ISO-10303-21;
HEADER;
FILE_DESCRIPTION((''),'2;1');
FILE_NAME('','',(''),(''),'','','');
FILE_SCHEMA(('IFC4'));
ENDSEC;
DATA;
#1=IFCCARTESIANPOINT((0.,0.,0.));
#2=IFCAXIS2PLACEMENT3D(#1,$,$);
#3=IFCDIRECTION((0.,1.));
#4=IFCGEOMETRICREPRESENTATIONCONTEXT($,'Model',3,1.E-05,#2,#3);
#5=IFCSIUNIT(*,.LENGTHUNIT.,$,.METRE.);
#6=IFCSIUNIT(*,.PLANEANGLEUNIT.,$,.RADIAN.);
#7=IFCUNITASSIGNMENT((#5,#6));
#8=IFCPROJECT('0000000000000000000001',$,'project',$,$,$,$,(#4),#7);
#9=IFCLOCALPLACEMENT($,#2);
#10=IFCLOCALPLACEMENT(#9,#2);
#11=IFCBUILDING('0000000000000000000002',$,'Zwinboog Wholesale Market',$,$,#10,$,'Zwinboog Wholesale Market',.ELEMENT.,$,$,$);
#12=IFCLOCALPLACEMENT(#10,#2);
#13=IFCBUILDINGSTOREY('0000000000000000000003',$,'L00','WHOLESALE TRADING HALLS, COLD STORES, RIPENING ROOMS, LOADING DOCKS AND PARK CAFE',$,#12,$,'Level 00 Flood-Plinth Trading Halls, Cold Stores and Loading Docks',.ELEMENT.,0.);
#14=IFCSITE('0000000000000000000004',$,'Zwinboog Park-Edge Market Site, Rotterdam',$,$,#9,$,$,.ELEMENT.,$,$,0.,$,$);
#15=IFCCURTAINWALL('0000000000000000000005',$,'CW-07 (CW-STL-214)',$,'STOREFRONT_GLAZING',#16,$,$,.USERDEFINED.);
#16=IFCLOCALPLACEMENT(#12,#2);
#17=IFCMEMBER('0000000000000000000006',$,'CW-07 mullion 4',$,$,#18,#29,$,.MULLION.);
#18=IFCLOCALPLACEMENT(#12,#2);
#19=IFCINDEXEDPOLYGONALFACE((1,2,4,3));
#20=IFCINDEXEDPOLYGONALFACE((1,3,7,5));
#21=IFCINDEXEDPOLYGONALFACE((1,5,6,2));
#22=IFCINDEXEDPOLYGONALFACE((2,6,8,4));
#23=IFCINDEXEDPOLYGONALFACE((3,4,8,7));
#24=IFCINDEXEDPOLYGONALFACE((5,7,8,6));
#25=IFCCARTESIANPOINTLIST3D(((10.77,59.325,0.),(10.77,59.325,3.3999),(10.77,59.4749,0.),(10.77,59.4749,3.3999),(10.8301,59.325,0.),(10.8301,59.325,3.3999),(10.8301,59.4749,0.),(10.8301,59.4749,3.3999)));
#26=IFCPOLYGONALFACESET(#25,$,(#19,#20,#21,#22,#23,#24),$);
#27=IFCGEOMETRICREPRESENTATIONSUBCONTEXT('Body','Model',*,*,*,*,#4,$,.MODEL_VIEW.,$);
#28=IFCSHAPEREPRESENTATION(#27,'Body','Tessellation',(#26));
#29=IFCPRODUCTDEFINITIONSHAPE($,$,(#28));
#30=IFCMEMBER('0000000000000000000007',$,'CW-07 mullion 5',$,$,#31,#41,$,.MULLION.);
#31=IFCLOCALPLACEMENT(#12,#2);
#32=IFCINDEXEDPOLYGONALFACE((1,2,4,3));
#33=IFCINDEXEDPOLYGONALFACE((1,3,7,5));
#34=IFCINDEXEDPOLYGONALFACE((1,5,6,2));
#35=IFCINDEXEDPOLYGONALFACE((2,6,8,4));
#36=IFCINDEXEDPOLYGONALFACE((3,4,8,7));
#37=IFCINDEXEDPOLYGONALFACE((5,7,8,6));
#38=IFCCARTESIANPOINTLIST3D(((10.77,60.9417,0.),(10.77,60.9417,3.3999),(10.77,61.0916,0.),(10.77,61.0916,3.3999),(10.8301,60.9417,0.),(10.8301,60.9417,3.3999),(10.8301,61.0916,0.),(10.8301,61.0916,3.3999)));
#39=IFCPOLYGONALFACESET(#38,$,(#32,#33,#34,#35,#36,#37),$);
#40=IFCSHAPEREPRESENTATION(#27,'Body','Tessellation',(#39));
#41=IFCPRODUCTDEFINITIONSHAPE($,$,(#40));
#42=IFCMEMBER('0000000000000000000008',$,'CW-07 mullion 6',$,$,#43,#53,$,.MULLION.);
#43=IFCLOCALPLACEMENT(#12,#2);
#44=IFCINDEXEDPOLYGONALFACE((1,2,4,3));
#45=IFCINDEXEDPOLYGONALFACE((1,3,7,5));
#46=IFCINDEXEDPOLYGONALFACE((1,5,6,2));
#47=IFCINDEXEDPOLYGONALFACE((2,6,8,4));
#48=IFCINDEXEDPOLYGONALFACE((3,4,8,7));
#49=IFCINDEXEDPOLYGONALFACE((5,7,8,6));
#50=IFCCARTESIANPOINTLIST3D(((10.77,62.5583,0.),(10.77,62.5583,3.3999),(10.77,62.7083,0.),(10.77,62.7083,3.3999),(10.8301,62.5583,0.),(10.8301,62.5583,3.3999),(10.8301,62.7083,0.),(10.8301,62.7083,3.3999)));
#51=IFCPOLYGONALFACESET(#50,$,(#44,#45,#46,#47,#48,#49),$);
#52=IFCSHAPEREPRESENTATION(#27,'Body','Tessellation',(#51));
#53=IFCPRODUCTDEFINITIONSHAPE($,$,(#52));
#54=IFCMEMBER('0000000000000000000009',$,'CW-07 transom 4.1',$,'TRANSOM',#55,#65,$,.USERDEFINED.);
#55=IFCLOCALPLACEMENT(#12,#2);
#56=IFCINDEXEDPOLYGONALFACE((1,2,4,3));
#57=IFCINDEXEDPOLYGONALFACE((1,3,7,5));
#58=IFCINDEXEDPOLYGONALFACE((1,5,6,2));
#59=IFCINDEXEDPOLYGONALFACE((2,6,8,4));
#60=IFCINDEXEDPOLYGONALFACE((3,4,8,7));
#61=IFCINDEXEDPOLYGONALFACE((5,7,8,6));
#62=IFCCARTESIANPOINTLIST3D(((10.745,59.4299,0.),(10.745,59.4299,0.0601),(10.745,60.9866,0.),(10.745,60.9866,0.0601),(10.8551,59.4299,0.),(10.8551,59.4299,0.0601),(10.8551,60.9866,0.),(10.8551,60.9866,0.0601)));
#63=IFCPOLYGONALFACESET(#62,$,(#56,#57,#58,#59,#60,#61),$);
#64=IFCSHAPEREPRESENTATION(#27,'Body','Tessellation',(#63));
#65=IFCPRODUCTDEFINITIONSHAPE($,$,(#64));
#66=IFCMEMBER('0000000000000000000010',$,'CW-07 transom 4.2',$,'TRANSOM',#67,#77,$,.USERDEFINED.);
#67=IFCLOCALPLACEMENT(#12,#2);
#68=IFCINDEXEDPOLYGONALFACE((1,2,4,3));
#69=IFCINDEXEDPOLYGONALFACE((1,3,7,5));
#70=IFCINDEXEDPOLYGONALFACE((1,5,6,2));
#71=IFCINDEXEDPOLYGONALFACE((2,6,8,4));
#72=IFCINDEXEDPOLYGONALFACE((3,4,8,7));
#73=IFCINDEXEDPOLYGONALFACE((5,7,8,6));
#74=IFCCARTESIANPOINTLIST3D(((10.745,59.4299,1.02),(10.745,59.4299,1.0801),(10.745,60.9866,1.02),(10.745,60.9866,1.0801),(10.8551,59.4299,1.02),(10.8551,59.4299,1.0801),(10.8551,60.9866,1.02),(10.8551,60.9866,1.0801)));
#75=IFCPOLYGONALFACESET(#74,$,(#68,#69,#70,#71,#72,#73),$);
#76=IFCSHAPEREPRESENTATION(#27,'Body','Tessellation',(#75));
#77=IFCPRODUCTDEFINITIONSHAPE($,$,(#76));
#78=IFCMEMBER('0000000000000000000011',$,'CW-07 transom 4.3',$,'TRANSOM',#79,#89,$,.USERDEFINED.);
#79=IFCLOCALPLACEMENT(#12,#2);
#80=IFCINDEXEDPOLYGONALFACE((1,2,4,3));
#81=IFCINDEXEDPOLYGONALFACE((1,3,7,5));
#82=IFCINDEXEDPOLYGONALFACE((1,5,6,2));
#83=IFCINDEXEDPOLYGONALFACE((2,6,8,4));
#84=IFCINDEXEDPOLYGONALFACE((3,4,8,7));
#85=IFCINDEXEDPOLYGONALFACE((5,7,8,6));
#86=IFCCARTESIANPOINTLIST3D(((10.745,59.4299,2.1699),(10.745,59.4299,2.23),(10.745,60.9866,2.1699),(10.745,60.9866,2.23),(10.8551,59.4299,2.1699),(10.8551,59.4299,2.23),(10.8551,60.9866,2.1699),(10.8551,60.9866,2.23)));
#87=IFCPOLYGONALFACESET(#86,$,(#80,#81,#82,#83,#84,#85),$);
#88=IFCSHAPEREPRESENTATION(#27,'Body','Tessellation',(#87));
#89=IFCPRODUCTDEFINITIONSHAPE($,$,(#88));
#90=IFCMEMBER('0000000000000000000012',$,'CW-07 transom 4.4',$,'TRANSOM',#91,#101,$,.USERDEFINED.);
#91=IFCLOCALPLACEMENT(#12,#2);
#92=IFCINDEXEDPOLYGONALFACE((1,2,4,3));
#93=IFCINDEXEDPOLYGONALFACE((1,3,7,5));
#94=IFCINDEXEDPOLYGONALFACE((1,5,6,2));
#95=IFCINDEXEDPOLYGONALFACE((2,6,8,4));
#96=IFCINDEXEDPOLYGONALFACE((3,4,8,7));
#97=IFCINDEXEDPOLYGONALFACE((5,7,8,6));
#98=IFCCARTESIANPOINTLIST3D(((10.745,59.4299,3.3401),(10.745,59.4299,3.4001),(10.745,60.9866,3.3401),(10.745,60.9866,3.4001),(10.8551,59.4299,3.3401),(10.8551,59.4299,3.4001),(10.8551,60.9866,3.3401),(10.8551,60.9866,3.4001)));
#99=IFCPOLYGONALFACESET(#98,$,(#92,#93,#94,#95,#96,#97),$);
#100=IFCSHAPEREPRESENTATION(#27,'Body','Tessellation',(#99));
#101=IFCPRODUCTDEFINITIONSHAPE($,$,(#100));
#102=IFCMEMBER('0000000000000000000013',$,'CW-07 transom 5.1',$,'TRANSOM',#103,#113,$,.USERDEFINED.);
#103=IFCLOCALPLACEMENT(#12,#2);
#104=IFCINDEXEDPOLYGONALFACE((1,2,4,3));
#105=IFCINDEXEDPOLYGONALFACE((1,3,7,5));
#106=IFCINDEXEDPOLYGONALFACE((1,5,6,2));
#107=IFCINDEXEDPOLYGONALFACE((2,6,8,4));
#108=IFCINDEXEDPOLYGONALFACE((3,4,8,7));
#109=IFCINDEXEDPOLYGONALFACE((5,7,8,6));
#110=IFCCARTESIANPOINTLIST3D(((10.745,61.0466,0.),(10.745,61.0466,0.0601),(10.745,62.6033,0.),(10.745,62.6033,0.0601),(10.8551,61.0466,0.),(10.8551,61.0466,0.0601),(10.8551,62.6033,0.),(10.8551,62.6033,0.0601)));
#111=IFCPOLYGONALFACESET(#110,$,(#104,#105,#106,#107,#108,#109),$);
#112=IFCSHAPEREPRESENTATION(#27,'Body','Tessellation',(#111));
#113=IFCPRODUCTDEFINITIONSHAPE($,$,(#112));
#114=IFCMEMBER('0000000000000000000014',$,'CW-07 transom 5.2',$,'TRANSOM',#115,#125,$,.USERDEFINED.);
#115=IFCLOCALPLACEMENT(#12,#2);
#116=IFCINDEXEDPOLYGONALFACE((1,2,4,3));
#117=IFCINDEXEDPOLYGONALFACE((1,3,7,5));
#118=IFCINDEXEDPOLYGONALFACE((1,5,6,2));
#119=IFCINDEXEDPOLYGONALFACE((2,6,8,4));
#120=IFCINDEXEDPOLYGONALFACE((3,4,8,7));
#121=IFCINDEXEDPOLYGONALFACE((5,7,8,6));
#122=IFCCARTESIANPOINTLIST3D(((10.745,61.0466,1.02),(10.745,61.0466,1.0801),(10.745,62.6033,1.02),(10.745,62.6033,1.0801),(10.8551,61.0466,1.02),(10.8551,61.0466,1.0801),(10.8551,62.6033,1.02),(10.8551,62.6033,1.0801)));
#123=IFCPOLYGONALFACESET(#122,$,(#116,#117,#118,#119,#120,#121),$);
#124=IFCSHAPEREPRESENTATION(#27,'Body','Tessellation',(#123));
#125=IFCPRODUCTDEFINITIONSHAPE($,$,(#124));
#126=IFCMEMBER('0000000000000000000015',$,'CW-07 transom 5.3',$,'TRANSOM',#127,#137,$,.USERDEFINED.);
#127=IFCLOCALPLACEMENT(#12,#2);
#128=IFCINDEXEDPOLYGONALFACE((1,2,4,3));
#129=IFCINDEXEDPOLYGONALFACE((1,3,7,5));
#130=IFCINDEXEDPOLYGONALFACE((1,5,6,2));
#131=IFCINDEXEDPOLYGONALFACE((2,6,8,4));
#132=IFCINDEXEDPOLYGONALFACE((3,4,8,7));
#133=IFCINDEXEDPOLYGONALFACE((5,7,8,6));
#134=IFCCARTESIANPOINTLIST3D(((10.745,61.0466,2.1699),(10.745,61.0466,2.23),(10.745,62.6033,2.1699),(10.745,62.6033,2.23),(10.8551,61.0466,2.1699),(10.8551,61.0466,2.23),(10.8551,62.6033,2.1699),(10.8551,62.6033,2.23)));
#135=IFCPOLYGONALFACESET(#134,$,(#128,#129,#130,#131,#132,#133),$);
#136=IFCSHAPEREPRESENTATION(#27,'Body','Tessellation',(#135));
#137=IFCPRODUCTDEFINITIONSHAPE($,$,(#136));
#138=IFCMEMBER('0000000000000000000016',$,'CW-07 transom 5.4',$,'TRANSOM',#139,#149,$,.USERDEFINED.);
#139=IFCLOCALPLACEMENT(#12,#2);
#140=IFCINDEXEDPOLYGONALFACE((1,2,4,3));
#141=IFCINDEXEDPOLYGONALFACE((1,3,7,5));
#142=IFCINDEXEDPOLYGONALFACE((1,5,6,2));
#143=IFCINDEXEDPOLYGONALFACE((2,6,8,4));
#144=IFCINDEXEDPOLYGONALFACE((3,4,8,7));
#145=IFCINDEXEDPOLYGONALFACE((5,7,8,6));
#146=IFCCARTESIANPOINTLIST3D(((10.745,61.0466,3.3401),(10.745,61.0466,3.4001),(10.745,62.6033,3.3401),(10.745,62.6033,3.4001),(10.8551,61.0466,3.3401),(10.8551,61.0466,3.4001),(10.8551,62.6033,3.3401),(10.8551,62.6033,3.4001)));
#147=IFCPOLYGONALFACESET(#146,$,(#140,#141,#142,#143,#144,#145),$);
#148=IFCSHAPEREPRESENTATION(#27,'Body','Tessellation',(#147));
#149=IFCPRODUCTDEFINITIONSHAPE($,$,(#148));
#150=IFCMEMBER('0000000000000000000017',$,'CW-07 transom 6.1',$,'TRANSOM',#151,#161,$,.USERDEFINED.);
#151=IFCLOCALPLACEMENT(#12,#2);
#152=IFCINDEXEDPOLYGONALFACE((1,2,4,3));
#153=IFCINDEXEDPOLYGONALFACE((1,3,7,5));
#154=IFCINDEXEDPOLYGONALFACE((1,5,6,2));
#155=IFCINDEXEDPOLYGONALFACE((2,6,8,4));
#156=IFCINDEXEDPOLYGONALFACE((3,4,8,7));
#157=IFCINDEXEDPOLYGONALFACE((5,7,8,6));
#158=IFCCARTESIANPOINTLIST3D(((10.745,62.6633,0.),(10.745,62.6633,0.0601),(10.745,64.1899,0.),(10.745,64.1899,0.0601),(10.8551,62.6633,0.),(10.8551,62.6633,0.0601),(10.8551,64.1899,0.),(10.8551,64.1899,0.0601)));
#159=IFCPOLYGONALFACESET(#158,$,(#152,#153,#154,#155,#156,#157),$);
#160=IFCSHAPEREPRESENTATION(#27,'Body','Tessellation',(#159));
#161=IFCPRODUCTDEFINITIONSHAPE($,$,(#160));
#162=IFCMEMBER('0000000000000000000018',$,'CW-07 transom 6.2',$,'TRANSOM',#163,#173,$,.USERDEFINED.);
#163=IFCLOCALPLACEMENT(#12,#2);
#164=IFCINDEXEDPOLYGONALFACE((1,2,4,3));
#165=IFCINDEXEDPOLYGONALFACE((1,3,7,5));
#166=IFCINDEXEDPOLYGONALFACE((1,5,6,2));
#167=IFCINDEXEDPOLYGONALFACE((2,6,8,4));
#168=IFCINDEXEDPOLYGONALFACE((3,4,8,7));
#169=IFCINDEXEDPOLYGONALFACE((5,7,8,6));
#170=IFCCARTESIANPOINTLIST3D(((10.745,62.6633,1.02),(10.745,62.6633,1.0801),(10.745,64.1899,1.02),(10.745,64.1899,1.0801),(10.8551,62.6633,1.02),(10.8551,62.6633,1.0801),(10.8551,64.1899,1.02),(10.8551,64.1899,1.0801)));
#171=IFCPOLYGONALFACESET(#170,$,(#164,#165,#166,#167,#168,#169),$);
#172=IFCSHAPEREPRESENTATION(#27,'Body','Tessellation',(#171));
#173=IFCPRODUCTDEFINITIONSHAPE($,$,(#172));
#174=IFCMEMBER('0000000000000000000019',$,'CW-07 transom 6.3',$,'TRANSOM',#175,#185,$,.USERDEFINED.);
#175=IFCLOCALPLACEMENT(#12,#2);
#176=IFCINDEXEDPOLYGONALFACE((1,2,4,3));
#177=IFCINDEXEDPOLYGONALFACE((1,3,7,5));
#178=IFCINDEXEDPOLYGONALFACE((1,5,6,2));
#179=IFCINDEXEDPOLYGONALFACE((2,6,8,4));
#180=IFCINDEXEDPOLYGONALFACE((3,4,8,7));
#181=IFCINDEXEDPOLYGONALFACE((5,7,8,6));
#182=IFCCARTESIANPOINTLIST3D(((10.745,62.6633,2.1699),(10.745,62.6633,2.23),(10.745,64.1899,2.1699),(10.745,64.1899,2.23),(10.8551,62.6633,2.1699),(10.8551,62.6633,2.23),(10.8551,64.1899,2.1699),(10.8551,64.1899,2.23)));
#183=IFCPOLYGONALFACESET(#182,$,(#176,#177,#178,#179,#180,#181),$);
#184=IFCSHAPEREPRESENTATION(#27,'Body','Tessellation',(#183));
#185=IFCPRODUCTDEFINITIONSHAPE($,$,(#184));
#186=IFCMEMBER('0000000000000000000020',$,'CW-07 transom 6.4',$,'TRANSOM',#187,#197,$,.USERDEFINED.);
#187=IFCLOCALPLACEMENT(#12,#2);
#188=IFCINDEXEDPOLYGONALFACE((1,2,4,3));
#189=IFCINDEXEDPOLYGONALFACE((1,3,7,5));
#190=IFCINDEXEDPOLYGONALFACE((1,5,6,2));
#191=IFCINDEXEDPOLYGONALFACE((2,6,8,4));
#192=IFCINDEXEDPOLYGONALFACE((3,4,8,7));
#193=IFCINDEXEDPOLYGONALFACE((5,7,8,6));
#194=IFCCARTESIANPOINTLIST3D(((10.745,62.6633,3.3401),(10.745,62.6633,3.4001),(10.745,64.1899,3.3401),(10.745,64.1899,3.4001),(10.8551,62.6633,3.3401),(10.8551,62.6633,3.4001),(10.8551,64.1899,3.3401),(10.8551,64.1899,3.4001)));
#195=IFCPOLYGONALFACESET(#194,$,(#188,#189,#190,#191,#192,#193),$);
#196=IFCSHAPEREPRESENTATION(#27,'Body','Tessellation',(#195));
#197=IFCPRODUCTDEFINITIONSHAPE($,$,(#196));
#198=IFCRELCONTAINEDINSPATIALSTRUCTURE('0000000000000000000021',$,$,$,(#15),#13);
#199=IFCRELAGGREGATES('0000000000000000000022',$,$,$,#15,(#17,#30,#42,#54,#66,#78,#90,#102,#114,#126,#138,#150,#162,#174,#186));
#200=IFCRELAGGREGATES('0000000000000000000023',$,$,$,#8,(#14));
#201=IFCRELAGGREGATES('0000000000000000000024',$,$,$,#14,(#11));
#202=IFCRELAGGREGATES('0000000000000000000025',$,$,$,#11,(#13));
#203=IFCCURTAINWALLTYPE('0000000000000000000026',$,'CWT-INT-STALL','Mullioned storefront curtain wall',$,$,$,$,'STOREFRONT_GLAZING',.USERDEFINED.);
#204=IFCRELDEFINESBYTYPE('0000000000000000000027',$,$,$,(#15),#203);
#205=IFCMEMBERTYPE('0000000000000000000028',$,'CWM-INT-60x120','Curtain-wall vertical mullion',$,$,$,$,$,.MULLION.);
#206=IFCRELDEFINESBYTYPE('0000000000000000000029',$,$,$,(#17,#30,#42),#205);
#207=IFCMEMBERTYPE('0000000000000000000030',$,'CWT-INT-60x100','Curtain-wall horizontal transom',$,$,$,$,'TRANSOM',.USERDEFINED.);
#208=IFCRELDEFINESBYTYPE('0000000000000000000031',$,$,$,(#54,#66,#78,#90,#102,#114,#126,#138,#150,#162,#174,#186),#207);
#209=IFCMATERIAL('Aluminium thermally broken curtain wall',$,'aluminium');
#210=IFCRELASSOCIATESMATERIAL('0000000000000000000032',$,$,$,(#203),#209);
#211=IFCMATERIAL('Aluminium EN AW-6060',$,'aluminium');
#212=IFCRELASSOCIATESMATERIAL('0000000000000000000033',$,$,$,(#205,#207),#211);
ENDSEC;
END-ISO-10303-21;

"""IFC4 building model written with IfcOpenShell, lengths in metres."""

from ifc_helpers import new_model, si_unit, direction, frame, origin, origin_2d, place, context, subcontext, project, spatial, rectangle, extrude, material, material_profile, profile_set, type_object, element, aggregate, save


model = new_model("IFC4")

# Units and contexts
model_context = context("Model", 3, precision=1e-05, world=origin(), true_north=direction((0.0, 1.0)))
body_context = subcontext(model_context, "Body", "Model", "MODEL_VIEW")
ifc_project = project(units=[si_unit("LENGTHUNIT", "METRE"), si_unit("PLANEANGLEUNIT", "RADIAN")], contexts=[model_context])

# Site, building, storey
site_placement = place(None, origin())
site = spatial("IfcSite", under=ifc_project, at=site_placement, Name="Zwinboog Park-Edge Market Site, Rotterdam", CompositionType="ELEMENT", RefElevation=0.0)
building_placement = place(site_placement, origin())
building = spatial("IfcBuilding", under=site, at=building_placement, Name="Zwinboog Wholesale Market", LongName="Zwinboog Wholesale Market", CompositionType="ELEMENT")
storey_placement = place(building_placement, origin())
storey = spatial("IfcBuildingStorey", under=building, at=storey_placement, Name="L00", Description="WHOLESALE TRADING HALLS, COLD STORES, RIPENING ROOMS, LOADING DOCKS AND PARK CAFE", LongName="Level 00 Flood-Plinth Trading Halls, Cold Stores and Loading Docks", CompositionType="ELEMENT", Elevation=0.0)

# Curtain wall, members
ifc_material_1 = material(Name="Aluminium thermally broken curtain wall", Category="aluminium")
curtain_wall_type = type_object("IfcCurtainWallType", Name="CWT-INT-STALL", Description="Mullioned storefront curtain wall", ElementType="STOREFRONT_GLAZING", PredefinedType="USERDEFINED", material=ifc_material_1)
curtain_wall_placement = place(storey_placement, origin())
curtain_wall = element("IfcCurtainWall", 1, at=curtain_wall_placement, inside=storey, type_object=curtain_wall_type, Name="CW-07 (CW-STL-214)", ObjectType="STOREFRONT_GLAZING", PredefinedType="USERDEFINED")
ifc_material_2 = material(Name="Aluminium EN AW-6060", Category="aluminium")
ifc_material_profile_1 = material_profile(ifc_material_2, rectangle(XDim=0.0601, YDim=0.1499, at=origin_2d()), Name="AL 60x150")
ifc_profile_set_1 = profile_set([ifc_material_profile_1], Name="Aluminium EN AW-6060")
member_type_1 = type_object("IfcMemberType", Name="CWM-INT-60x120", Description="Curtain-wall vertical mullion", PredefinedType="MULLION", material=ifc_profile_set_1)
member_1_placement = place(storey_placement, frame((10.8, 59.3999, 0.0), z_axis=(0.0, 0.0, 1.0), x_axis=(-1.0, 0.0, 0.0)))
member_1 = element("IfcMember", 2, at=member_1_placement, type_object=member_type_1, Name="CW-07 mullion 4", PredefinedType="MULLION", context=body_context, shape_type="SweptSolid", body=[
    extrude(rectangle(XDim=0.0601, YDim=0.1499, at=origin_2d()), origin(), (0.0, 0.0, 1.0), 3.3999),
])
member_2_placement = place(storey_placement, frame((10.8, 61.0166, 0.0), z_axis=(0.0, 0.0, 1.0), x_axis=(-1.0, 0.0, 0.0)))
member_2 = element("IfcMember", 3, at=member_2_placement, type_object=member_type_1, Name="CW-07 mullion 5", PredefinedType="MULLION", context=body_context, shape_type="SweptSolid", body=[
    extrude(rectangle(XDim=0.0601, YDim=0.1499, at=origin_2d()), origin(), (0.0, 0.0, 1.0), 3.3999),
])
member_3_placement = place(storey_placement, frame((10.8, 62.6333, 0.0), z_axis=(0.0, 0.0, 1.0), x_axis=(-1.0, 0.0, 0.0)))
member_3 = element("IfcMember", 4, at=member_3_placement, type_object=member_type_1, Name="CW-07 mullion 6", PredefinedType="MULLION", context=body_context, shape_type="SweptSolid", body=[
    extrude(rectangle(XDim=0.0601, YDim=0.1499, at=origin_2d()), origin(), (0.0, 0.0, 1.0), 3.3999),
])
ifc_material_profile_2 = material_profile(ifc_material_2, rectangle(XDim=0.1101, YDim=0.0601, at=origin_2d()), Name="AL 60x110")
ifc_profile_set_2 = profile_set([ifc_material_profile_2], Name="Aluminium EN AW-6060")
member_type_2 = type_object("IfcMemberType", Name="CWT-INT-60x100", Description="Curtain-wall horizontal transom", ElementType="TRANSOM", PredefinedType="USERDEFINED", material=ifc_profile_set_2)
member_4_placement = place(storey_placement, frame((10.8, 59.4299, 0.03), z_axis=(0.0, 1.0, 0.0), x_axis=(-1.0, 0.0, 0.0)))
member_4 = element("IfcMember", 5, at=member_4_placement, type_object=member_type_2, Name="CW-07 transom 4.1", ObjectType="TRANSOM", PredefinedType="USERDEFINED", context=body_context, shape_type="SweptSolid", body=[
    extrude(rectangle(XDim=0.1101, YDim=0.0601, at=origin_2d()), origin(), (0.0, 0.0, 1.0), 1.5566),
])
member_5_placement = place(storey_placement, frame((10.8, 59.4299, 1.05), z_axis=(0.0, 1.0, 0.0), x_axis=(-1.0, 0.0, 0.0)))
member_5 = element("IfcMember", 6, at=member_5_placement, type_object=member_type_2, Name="CW-07 transom 4.2", ObjectType="TRANSOM", PredefinedType="USERDEFINED", context=body_context, shape_type="SweptSolid", body=[
    extrude(rectangle(XDim=0.1101, YDim=0.0601, at=origin_2d()), origin(), (0.0, 0.0, 1.0), 1.5566),
])
member_6_placement = place(storey_placement, frame((10.8, 59.4299, 2.2), z_axis=(0.0, 1.0, 0.0), x_axis=(-1.0, 0.0, 0.0)))
member_6 = element("IfcMember", 7, at=member_6_placement, type_object=member_type_2, Name="CW-07 transom 4.3", ObjectType="TRANSOM", PredefinedType="USERDEFINED", context=body_context, shape_type="SweptSolid", body=[
    extrude(rectangle(XDim=0.1101, YDim=0.0601, at=origin_2d()), origin(), (0.0, 0.0, 1.0), 1.5566),
])
member_7_placement = place(storey_placement, frame((10.8, 59.4299, 3.3701), z_axis=(0.0, 1.0, 0.0), x_axis=(-1.0, 0.0, 0.0)))
member_7 = element("IfcMember", 8, at=member_7_placement, type_object=member_type_2, Name="CW-07 transom 4.4", ObjectType="TRANSOM", PredefinedType="USERDEFINED", context=body_context, shape_type="SweptSolid", body=[
    extrude(rectangle(XDim=0.1101, YDim=0.0601, at=origin_2d()), origin(), (0.0, 0.0, 1.0), 1.5566),
])
member_8_placement = place(storey_placement, frame((10.8, 61.0466, 0.03), z_axis=(0.0, 1.0, 0.0), x_axis=(-1.0, 0.0, 0.0)))
member_8 = element("IfcMember", 9, at=member_8_placement, type_object=member_type_2, Name="CW-07 transom 5.1", ObjectType="TRANSOM", PredefinedType="USERDEFINED", context=body_context, shape_type="SweptSolid", body=[
    extrude(rectangle(XDim=0.1101, YDim=0.0601, at=origin_2d()), origin(), (0.0, 0.0, 1.0), 1.5566),
])
member_9_placement = place(storey_placement, frame((10.8, 61.0466, 1.05), z_axis=(0.0, 1.0, 0.0), x_axis=(-1.0, 0.0, 0.0)))
member_9 = element("IfcMember", 10, at=member_9_placement, type_object=member_type_2, Name="CW-07 transom 5.2", ObjectType="TRANSOM", PredefinedType="USERDEFINED", context=body_context, shape_type="SweptSolid", body=[
    extrude(rectangle(XDim=0.1101, YDim=0.0601, at=origin_2d()), origin(), (0.0, 0.0, 1.0), 1.5566),
])
member_10_placement = place(storey_placement, frame((10.8, 61.0466, 2.2), z_axis=(0.0, 1.0, 0.0), x_axis=(-1.0, 0.0, 0.0)))
member_10 = element("IfcMember", 11, at=member_10_placement, type_object=member_type_2, Name="CW-07 transom 5.3", ObjectType="TRANSOM", PredefinedType="USERDEFINED", context=body_context, shape_type="SweptSolid", body=[
    extrude(rectangle(XDim=0.1101, YDim=0.0601, at=origin_2d()), origin(), (0.0, 0.0, 1.0), 1.5566),
])
member_11_placement = place(storey_placement, frame((10.8, 61.0466, 3.3701), z_axis=(0.0, 1.0, 0.0), x_axis=(-1.0, 0.0, 0.0)))
member_11 = element("IfcMember", 12, at=member_11_placement, type_object=member_type_2, Name="CW-07 transom 5.4", ObjectType="TRANSOM", PredefinedType="USERDEFINED", context=body_context, shape_type="SweptSolid", body=[
    extrude(rectangle(XDim=0.1101, YDim=0.0601, at=origin_2d()), origin(), (0.0, 0.0, 1.0), 1.5566),
])
member_12_placement = place(storey_placement, frame((10.8, 62.6633, 0.03), z_axis=(0.0, 1.0, 0.0), x_axis=(-1.0, 0.0, 0.0)))
member_12 = element("IfcMember", 13, at=member_12_placement, type_object=member_type_2, Name="CW-07 transom 6.1", ObjectType="TRANSOM", PredefinedType="USERDEFINED", context=body_context, shape_type="SweptSolid", body=[
    extrude(rectangle(XDim=0.1101, YDim=0.0601, at=origin_2d()), origin(), (0.0, 0.0, 1.0), 1.5266),
])
member_13_placement = place(storey_placement, frame((10.8, 62.6633, 1.05), z_axis=(0.0, 1.0, 0.0), x_axis=(-1.0, 0.0, 0.0)))
member_13 = element("IfcMember", 14, at=member_13_placement, type_object=member_type_2, Name="CW-07 transom 6.2", ObjectType="TRANSOM", PredefinedType="USERDEFINED", context=body_context, shape_type="SweptSolid", body=[
    extrude(rectangle(XDim=0.1101, YDim=0.0601, at=origin_2d()), origin(), (0.0, 0.0, 1.0), 1.5266),
])
member_14_placement = place(storey_placement, frame((10.8, 62.6633, 2.2), z_axis=(0.0, 1.0, 0.0), x_axis=(-1.0, 0.0, 0.0)))
member_14 = element("IfcMember", 15, at=member_14_placement, type_object=member_type_2, Name="CW-07 transom 6.3", ObjectType="TRANSOM", PredefinedType="USERDEFINED", context=body_context, shape_type="SweptSolid", body=[
    extrude(rectangle(XDim=0.1101, YDim=0.0601, at=origin_2d()), origin(), (0.0, 0.0, 1.0), 1.5266),
])
member_15_placement = place(storey_placement, frame((10.8, 62.6633, 3.3701), z_axis=(0.0, 1.0, 0.0), x_axis=(-1.0, 0.0, 0.0)))
member_15 = element("IfcMember", 16, at=member_15_placement, type_object=member_type_2, Name="CW-07 transom 6.4", ObjectType="TRANSOM", PredefinedType="USERDEFINED", context=body_context, shape_type="SweptSolid", body=[
    extrude(rectangle(XDim=0.1101, YDim=0.0601, at=origin_2d()), origin(), (0.0, 0.0, 1.0), 1.5266),
])
aggregate(curtain_wall, [member_1, member_2, member_3, member_4, member_5, member_6, member_7, member_8, member_9, member_10, member_11, member_12, member_13, member_14, member_15])

save(model, "model.ifc")
